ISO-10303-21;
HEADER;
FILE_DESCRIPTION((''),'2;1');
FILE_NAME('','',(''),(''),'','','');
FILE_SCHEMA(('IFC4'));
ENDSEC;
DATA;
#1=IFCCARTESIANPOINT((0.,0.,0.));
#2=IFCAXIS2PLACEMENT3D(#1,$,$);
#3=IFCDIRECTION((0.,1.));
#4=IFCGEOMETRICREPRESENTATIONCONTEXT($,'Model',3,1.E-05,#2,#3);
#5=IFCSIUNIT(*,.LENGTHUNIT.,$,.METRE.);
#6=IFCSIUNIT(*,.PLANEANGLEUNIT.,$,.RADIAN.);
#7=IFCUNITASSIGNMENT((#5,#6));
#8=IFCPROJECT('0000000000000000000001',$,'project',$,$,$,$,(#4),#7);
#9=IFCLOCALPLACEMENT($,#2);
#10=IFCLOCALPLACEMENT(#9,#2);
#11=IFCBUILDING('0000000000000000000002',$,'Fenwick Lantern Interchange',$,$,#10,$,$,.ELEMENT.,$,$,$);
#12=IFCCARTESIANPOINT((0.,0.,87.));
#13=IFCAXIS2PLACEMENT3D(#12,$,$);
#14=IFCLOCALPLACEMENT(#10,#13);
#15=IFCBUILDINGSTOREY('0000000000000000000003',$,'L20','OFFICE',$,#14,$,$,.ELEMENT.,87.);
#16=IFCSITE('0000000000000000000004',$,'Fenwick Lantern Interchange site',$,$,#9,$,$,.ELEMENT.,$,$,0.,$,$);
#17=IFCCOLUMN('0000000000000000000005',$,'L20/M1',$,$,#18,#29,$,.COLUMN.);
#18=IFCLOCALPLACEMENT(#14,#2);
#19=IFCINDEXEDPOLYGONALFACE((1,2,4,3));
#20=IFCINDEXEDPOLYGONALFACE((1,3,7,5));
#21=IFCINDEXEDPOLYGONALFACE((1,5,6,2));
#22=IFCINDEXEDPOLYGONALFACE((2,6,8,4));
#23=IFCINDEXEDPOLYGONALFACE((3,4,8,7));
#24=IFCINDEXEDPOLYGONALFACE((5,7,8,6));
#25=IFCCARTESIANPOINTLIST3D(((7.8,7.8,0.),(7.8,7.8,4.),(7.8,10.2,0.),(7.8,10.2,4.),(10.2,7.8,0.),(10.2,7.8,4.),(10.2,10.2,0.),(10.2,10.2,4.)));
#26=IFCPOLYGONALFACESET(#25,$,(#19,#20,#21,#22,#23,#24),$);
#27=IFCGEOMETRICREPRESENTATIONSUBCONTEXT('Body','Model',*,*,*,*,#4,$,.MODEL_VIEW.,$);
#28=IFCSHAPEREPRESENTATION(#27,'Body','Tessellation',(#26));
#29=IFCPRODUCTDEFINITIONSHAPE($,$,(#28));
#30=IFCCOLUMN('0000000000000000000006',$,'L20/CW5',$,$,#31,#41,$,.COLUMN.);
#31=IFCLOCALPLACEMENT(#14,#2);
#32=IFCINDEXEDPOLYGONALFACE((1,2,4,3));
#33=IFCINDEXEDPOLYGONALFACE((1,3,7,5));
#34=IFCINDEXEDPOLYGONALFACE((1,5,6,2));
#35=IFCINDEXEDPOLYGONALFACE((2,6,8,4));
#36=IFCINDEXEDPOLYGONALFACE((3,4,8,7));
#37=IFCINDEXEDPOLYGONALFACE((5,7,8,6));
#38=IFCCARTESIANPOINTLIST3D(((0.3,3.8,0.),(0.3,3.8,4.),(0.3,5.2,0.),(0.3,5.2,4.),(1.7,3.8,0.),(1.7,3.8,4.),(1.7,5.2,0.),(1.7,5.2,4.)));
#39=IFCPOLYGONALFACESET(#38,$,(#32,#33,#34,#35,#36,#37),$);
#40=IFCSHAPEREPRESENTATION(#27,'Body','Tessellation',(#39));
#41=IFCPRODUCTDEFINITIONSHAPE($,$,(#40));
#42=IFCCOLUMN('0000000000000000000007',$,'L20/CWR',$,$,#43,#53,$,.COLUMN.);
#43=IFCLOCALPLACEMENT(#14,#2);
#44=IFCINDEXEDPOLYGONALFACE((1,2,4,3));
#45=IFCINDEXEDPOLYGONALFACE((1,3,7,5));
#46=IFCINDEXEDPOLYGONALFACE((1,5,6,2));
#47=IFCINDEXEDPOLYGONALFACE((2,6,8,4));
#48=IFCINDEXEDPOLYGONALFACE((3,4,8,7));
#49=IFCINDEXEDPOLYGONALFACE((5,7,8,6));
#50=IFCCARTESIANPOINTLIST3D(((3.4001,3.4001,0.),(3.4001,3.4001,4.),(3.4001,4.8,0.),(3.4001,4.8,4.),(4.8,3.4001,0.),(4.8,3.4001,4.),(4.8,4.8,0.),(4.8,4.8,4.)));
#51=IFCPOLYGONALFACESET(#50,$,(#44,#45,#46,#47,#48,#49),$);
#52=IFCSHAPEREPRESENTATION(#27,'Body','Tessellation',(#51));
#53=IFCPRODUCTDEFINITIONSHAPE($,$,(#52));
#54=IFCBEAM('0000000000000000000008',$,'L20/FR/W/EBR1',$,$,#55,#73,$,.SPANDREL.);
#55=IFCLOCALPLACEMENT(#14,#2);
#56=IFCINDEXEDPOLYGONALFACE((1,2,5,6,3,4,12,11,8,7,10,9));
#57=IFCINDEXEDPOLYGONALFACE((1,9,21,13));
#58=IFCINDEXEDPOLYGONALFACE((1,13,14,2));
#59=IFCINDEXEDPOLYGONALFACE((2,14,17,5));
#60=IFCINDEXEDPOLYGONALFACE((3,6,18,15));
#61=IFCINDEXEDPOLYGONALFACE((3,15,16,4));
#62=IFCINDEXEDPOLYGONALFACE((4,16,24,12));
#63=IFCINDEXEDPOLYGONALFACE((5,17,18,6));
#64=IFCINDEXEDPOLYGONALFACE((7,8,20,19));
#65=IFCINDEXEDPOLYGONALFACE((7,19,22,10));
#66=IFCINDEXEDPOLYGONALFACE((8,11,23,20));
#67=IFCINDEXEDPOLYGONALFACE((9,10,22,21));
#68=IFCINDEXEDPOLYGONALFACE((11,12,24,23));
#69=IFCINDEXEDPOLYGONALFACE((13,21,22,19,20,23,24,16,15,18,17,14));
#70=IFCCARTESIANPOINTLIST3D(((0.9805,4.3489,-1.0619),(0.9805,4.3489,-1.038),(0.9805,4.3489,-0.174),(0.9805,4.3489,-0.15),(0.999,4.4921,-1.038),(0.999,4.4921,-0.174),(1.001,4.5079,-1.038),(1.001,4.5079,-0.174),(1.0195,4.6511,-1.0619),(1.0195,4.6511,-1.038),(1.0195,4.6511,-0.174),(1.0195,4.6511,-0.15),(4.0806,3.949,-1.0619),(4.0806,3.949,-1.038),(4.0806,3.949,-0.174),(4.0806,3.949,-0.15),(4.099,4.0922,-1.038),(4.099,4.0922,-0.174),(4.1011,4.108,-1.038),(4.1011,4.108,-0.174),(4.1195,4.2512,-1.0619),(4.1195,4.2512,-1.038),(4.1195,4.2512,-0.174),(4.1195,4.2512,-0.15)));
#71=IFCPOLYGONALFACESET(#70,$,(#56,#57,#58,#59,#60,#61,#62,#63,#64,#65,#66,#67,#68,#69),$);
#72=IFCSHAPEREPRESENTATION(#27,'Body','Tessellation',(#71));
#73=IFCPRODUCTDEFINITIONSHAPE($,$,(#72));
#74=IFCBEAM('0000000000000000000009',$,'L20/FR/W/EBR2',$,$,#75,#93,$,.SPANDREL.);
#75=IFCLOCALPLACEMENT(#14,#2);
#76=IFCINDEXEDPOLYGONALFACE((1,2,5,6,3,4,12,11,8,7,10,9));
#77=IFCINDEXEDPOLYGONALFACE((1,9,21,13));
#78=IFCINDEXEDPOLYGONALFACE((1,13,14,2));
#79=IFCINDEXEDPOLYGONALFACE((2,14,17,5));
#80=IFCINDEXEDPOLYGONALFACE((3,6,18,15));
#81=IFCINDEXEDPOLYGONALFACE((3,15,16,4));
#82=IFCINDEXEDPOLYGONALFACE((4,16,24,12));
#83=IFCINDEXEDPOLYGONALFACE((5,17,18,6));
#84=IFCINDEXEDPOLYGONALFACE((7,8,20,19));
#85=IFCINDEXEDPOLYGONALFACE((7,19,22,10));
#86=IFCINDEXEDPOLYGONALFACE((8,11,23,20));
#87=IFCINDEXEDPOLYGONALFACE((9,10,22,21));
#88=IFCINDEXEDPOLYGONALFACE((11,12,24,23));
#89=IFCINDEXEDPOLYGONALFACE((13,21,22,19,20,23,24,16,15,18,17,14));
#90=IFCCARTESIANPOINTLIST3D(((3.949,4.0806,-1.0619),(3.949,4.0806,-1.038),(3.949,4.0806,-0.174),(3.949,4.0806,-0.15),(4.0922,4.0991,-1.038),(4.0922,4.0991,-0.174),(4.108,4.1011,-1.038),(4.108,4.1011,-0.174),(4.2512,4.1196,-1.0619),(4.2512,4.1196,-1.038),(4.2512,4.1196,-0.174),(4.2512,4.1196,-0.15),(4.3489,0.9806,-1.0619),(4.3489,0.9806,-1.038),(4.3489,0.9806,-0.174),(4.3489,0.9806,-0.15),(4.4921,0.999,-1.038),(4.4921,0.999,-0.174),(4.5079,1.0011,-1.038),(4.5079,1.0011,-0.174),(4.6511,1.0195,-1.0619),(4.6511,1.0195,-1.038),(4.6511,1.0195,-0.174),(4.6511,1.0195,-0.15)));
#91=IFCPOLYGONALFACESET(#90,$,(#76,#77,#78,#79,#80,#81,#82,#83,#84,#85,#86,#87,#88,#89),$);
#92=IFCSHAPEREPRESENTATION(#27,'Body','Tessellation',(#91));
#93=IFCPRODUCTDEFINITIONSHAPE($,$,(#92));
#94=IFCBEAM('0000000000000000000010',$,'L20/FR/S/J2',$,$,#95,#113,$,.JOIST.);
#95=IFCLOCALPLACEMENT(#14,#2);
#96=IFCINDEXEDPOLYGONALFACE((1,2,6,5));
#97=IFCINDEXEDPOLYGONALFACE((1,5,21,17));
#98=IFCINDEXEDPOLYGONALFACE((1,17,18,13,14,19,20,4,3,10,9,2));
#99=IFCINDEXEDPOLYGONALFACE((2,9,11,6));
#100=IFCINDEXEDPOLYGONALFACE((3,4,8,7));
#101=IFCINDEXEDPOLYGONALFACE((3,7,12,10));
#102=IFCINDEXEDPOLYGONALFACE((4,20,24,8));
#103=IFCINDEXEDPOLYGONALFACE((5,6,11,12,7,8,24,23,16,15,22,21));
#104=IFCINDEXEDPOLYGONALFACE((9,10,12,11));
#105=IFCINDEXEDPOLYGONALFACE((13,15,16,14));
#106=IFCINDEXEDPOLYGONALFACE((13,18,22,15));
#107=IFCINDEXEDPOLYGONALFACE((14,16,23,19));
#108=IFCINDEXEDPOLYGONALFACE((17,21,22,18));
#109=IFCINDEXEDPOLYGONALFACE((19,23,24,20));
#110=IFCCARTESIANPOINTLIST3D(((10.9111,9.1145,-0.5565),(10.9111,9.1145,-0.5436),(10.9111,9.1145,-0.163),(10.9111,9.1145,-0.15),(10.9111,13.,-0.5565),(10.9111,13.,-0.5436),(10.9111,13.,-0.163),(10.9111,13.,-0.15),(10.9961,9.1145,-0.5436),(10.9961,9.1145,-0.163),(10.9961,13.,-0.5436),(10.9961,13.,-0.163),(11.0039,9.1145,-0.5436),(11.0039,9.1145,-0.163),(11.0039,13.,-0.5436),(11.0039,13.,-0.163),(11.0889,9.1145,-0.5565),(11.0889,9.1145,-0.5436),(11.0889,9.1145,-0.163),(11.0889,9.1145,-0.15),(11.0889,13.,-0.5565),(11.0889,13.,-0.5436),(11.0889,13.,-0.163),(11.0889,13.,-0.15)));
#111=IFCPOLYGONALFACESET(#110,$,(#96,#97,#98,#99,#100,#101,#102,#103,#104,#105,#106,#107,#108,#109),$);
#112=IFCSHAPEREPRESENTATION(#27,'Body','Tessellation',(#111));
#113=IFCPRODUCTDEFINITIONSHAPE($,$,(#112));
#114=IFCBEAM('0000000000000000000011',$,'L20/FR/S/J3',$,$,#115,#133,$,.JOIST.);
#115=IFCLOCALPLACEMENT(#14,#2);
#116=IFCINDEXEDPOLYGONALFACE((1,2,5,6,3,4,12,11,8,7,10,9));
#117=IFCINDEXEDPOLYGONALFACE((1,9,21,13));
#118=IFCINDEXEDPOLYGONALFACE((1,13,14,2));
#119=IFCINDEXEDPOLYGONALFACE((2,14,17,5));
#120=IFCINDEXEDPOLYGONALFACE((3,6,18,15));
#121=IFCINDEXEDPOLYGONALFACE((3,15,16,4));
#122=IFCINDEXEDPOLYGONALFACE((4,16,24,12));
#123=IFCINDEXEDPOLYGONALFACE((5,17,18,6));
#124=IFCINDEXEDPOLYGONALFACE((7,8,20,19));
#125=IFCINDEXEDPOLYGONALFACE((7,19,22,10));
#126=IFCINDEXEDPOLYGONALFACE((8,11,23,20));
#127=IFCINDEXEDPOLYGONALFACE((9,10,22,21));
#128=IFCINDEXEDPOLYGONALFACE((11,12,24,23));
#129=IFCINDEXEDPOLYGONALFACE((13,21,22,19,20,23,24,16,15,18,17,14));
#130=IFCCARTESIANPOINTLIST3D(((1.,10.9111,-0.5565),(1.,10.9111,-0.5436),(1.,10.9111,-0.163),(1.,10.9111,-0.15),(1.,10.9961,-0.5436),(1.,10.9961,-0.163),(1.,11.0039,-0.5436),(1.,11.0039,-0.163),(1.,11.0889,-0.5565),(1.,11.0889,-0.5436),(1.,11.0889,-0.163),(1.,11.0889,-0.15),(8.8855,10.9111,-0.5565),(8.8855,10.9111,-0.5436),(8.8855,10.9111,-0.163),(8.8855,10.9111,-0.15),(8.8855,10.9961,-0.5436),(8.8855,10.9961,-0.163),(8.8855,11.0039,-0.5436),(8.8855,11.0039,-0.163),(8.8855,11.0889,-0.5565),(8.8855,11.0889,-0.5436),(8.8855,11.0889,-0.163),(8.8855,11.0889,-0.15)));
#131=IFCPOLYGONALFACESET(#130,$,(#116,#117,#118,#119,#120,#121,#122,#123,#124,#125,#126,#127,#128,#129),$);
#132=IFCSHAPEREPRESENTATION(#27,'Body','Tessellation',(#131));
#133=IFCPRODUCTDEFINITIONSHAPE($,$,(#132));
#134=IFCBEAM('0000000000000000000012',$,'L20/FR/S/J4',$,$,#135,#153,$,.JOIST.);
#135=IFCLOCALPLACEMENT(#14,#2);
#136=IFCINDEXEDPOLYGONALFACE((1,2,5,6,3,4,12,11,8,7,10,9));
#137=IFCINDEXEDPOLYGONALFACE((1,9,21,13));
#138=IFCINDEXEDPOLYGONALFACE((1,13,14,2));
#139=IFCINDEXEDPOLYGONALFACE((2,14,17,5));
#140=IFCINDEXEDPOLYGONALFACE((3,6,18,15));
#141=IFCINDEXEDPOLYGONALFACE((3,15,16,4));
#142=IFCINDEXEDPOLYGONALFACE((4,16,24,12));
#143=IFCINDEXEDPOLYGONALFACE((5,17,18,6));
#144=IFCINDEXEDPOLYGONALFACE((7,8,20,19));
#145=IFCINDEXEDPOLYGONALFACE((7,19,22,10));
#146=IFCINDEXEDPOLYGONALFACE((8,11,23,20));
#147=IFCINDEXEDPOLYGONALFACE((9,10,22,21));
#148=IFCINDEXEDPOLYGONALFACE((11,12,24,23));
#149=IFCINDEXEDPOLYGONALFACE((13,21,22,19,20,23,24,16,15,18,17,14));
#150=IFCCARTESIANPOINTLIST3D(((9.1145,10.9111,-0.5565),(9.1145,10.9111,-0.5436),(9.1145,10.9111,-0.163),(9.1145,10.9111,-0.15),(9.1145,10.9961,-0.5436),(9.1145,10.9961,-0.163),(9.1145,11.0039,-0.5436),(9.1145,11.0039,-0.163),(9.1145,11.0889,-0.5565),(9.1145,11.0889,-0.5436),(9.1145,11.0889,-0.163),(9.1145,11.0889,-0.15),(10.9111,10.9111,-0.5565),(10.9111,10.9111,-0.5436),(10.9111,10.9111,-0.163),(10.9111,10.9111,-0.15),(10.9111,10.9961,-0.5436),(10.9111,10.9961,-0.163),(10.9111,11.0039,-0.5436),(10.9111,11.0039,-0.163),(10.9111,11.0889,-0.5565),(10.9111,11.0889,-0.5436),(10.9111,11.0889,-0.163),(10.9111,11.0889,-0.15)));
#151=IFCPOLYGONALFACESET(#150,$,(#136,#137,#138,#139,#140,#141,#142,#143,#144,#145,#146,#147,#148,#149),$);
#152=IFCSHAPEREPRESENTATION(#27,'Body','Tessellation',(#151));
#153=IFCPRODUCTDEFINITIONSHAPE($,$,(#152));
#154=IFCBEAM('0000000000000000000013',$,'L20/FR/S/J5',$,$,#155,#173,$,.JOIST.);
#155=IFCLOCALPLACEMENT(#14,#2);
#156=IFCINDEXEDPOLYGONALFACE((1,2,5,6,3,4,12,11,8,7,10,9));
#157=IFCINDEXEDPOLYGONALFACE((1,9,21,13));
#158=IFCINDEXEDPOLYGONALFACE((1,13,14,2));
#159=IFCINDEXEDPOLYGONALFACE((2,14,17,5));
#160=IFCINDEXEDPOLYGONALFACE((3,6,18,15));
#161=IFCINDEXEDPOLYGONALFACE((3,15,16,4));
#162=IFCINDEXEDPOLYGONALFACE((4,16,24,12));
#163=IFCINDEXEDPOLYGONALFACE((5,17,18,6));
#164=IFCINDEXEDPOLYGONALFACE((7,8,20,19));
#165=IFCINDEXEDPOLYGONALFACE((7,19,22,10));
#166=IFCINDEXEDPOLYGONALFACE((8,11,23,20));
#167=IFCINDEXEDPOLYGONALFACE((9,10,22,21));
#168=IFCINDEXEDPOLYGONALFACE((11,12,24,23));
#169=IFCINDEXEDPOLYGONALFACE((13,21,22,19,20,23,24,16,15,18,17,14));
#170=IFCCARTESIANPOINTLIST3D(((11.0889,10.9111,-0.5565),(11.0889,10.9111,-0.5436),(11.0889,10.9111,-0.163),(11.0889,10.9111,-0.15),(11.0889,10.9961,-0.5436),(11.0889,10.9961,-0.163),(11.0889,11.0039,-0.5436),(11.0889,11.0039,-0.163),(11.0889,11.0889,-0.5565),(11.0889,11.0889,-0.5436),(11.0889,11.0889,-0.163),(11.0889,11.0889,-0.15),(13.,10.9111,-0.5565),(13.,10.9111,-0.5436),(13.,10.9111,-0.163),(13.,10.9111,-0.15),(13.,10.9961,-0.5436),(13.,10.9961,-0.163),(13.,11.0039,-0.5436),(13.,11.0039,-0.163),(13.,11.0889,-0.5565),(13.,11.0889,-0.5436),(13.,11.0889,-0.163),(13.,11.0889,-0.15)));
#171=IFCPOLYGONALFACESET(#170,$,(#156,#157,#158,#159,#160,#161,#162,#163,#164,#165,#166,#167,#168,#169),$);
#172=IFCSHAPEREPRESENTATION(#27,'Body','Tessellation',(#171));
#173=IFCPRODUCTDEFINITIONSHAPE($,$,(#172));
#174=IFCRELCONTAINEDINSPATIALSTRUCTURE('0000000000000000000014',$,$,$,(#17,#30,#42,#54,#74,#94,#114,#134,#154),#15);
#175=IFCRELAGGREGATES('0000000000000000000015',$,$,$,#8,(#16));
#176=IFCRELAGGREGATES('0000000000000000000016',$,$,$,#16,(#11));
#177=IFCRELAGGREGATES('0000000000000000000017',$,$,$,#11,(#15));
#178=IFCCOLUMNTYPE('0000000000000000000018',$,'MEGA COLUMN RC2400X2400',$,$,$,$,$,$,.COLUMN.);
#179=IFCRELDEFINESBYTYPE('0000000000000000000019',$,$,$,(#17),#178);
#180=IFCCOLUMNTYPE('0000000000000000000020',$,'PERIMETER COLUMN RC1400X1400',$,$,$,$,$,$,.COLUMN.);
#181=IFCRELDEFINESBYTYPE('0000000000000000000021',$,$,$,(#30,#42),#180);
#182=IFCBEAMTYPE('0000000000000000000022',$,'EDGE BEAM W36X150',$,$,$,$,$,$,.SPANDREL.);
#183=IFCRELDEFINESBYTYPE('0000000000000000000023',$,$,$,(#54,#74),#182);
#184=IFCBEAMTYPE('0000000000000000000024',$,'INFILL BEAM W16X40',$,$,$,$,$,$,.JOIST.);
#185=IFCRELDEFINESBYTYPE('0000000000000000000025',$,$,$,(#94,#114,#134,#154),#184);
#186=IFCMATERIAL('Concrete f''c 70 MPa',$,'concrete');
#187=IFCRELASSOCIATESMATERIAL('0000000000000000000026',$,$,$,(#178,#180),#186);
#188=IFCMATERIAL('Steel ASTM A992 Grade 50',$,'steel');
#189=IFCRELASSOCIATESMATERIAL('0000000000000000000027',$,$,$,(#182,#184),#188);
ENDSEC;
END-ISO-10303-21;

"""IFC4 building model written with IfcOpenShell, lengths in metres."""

from ifc_helpers import new_model, si_unit, direction, frame, origin, origin_2d, place, context, subcontext, project, spatial, rectangle, i_section, extrude, material, material_profile, profile_set, type_object, element, save


model = new_model("IFC4")

# Units and contexts
model_context = context("Model", 3, precision=1e-05, world=origin(), true_north=direction((0.0, 1.0)))
body_context = subcontext(model_context, "Body", "Model", "MODEL_VIEW")
ifc_project = project(units=[si_unit("LENGTHUNIT", "METRE"), si_unit("PLANEANGLEUNIT", "RADIAN")], contexts=[model_context])

# Site, building, storey
site_placement = place(None, origin())
site = spatial("IfcSite", under=ifc_project, at=site_placement, Name="Fenwick Lantern Interchange site", CompositionType="ELEMENT", RefElevation=0.0)
building_placement = place(site_placement, origin())
building = spatial("IfcBuilding", under=site, at=building_placement, Name="Fenwick Lantern Interchange", CompositionType="ELEMENT")
storey_placement = place(building_placement, frame((0.0, 0.0, 87.0)))
storey = spatial("IfcBuildingStorey", under=building, at=storey_placement, Name="L20", Description="OFFICE", CompositionType="ELEMENT", Elevation=87.0)

# Columns
ifc_material_1 = material(Name="Concrete f'c 70 MPa", Category="concrete")
ifc_material_profile_1 = material_profile(ifc_material_1, rectangle(XDim=2.3999, YDim=2.3999, at=origin_2d()), Name="RC2400X2400")
ifc_profile_set_1 = profile_set([ifc_material_profile_1], Name="Concrete f'c 70 MPa")
column_type_1 = type_object("IfcColumnType", Name="MEGA COLUMN RC2400X2400", PredefinedType="COLUMN", material=ifc_profile_set_1)
column_placement = place(storey_placement, frame((9.0, 9.0, 0.0), z_axis=(0.0, 0.0, 1.0), x_axis=(1.0, 0.0, 0.0)))
element("IfcColumn", 1, at=column_placement, inside=storey, type_object=column_type_1, Name="L20/M1", PredefinedType="COLUMN", context=body_context, shape_type="SweptSolid", body=[
    extrude(rectangle(XDim=2.3999, YDim=2.3999, at=origin_2d()), origin(), (0.0, 0.0, 1.0), 4.0),
])
ifc_material_profile_2 = material_profile(ifc_material_1, rectangle(XDim=1.3999, YDim=1.3999, at=origin_2d()), Name="RC1400X1400")
ifc_profile_set_2 = profile_set([ifc_material_profile_2], Name="Concrete f'c 70 MPa")
column_type_2 = type_object("IfcColumnType", Name="PERIMETER COLUMN RC1400X1400", PredefinedType="COLUMN", material=ifc_profile_set_2)
for number, where, z_axis, x_axis, name in (
    (2, (1.0, 4.5, 0.0), (0.0, 0.0, 1.0), (1.0, 0.0, 0.0), "L20/CW5"),
    (3, (4.1001, 4.1001, 0.0), (0.0, 0.0, 1.0), (1.0, 0.0, 0.0), "L20/CWR"),
):
    element("IfcColumn", number, at=place(storey_placement, frame(where, z_axis=z_axis, x_axis=x_axis)), inside=storey, type_object=column_type_2, Name=name, PredefinedType="COLUMN", context=body_context, shape_type="SweptSolid", body=[
        extrude(rectangle(XDim=1.3999, YDim=1.3999, at=origin_2d()), origin(), (0.0, 0.0, 1.0), 4.0),
    ])

# Beams
ifc_material_2 = material(Name="Steel ASTM A992 Grade 50", Category="steel")
ifc_material_profile_3 = material_profile(ifc_material_2, i_section(OverallWidth=0.3047, OverallDepth=0.9119, WebThickness=0.0159, FlangeThickness=0.0239, at=origin_2d()), Name="W36X150")
ifc_profile_set_3 = profile_set([ifc_material_profile_3], Name="Steel ASTM A992 Grade 50")
beam_type_1 = type_object("IfcBeamType", Name="EDGE BEAM W36X150", PredefinedType="SPANDREL", material=ifc_profile_set_3)
for number, where, z_axis, x_axis, name in (
    (4, (1.0, 4.5, -0.606), (0.991782, -0.127937, 0.0), (0.127937, 0.991782, 0.0), "L20/FR/W/EBR1"),
    (5, (4.1001, 4.1001, -0.606), (0.127937, -0.991782, 0.0), (0.991782, 0.127937, 0.0), "L20/FR/W/EBR2"),
):
    element("IfcBeam", number, at=place(storey_placement, frame(where, z_axis=z_axis, x_axis=x_axis)), inside=storey, type_object=beam_type_1, Name=name, PredefinedType="SPANDREL", context=body_context, shape_type="SweptSolid", body=[
        extrude(i_section(OverallWidth=0.3047, OverallDepth=0.9119, WebThickness=0.0159, FlangeThickness=0.0239, at=origin_2d()), origin(), (0.0, 0.0, 1.0), 3.1257),
    ])
ifc_material_profile_4 = material_profile(ifc_material_2, i_section(OverallWidth=0.1777, OverallDepth=0.4065, WebThickness=0.0078, FlangeThickness=0.0129, at=origin_2d()), Name="W16X40")
ifc_profile_set_4 = profile_set([ifc_material_profile_4], Name="Steel ASTM A992 Grade 50")
beam_type_2 = type_object("IfcBeamType", Name="INFILL BEAM W16X40", PredefinedType="JOIST", material=ifc_profile_set_4)
beam_1_placement = place(storey_placement, frame((11.0, 9.1145, -0.3533), z_axis=(0.0, 1.0, 0.0), x_axis=(-1.0, 0.0, 0.0)))
element("IfcBeam", 6, at=beam_1_placement, inside=storey, type_object=beam_type_2, Name="L20/FR/S/J2", PredefinedType="JOIST", context=body_context, shape_type="SweptSolid", body=[
    extrude(i_section(OverallWidth=0.1777, OverallDepth=0.4065, WebThickness=0.0078, FlangeThickness=0.0129, at=origin_2d()), origin(), (0.0, 0.0, 1.0), 3.8855),
])
beam_2_placement = place(storey_placement, frame((1.0, 11.0, -0.3533), z_axis=(1.0, 0.0, 0.0), x_axis=(0.0, 1.0, 0.0)))
element("IfcBeam", 7, at=beam_2_placement, inside=storey, type_object=beam_type_2, Name="L20/FR/S/J3", PredefinedType="JOIST", context=body_context, shape_type="SweptSolid", body=[
    extrude(i_section(OverallWidth=0.1777, OverallDepth=0.4065, WebThickness=0.0078, FlangeThickness=0.0129, at=origin_2d()), origin(), (0.0, 0.0, 1.0), 7.8855),
])
beam_3_placement = place(storey_placement, frame((9.1145, 11.0, -0.3533), z_axis=(1.0, 0.0, 0.0), x_axis=(0.0, 1.0, 0.0)))
element("IfcBeam", 8, at=beam_3_placement, inside=storey, type_object=beam_type_2, Name="L20/FR/S/J4", PredefinedType="JOIST", context=body_context, shape_type="SweptSolid", body=[
    extrude(i_section(OverallWidth=0.1777, OverallDepth=0.4065, WebThickness=0.0078, FlangeThickness=0.0129, at=origin_2d()), origin(), (0.0, 0.0, 1.0), 1.7966),
])
beam_4_placement = place(storey_placement, frame((11.0889, 11.0, -0.3533), z_axis=(1.0, 0.0, 0.0), x_axis=(0.0, 1.0, 0.0)))
element("IfcBeam", 9, at=beam_4_placement, inside=storey, type_object=beam_type_2, Name="L20/FR/S/J5", PredefinedType="JOIST", context=body_context, shape_type="SweptSolid", body=[
    extrude(i_section(OverallWidth=0.1777, OverallDepth=0.4065, WebThickness=0.0078, FlangeThickness=0.0129, at=origin_2d()), origin(), (0.0, 0.0, 1.0), 1.9111),
])

save(model, "model.ifc")
